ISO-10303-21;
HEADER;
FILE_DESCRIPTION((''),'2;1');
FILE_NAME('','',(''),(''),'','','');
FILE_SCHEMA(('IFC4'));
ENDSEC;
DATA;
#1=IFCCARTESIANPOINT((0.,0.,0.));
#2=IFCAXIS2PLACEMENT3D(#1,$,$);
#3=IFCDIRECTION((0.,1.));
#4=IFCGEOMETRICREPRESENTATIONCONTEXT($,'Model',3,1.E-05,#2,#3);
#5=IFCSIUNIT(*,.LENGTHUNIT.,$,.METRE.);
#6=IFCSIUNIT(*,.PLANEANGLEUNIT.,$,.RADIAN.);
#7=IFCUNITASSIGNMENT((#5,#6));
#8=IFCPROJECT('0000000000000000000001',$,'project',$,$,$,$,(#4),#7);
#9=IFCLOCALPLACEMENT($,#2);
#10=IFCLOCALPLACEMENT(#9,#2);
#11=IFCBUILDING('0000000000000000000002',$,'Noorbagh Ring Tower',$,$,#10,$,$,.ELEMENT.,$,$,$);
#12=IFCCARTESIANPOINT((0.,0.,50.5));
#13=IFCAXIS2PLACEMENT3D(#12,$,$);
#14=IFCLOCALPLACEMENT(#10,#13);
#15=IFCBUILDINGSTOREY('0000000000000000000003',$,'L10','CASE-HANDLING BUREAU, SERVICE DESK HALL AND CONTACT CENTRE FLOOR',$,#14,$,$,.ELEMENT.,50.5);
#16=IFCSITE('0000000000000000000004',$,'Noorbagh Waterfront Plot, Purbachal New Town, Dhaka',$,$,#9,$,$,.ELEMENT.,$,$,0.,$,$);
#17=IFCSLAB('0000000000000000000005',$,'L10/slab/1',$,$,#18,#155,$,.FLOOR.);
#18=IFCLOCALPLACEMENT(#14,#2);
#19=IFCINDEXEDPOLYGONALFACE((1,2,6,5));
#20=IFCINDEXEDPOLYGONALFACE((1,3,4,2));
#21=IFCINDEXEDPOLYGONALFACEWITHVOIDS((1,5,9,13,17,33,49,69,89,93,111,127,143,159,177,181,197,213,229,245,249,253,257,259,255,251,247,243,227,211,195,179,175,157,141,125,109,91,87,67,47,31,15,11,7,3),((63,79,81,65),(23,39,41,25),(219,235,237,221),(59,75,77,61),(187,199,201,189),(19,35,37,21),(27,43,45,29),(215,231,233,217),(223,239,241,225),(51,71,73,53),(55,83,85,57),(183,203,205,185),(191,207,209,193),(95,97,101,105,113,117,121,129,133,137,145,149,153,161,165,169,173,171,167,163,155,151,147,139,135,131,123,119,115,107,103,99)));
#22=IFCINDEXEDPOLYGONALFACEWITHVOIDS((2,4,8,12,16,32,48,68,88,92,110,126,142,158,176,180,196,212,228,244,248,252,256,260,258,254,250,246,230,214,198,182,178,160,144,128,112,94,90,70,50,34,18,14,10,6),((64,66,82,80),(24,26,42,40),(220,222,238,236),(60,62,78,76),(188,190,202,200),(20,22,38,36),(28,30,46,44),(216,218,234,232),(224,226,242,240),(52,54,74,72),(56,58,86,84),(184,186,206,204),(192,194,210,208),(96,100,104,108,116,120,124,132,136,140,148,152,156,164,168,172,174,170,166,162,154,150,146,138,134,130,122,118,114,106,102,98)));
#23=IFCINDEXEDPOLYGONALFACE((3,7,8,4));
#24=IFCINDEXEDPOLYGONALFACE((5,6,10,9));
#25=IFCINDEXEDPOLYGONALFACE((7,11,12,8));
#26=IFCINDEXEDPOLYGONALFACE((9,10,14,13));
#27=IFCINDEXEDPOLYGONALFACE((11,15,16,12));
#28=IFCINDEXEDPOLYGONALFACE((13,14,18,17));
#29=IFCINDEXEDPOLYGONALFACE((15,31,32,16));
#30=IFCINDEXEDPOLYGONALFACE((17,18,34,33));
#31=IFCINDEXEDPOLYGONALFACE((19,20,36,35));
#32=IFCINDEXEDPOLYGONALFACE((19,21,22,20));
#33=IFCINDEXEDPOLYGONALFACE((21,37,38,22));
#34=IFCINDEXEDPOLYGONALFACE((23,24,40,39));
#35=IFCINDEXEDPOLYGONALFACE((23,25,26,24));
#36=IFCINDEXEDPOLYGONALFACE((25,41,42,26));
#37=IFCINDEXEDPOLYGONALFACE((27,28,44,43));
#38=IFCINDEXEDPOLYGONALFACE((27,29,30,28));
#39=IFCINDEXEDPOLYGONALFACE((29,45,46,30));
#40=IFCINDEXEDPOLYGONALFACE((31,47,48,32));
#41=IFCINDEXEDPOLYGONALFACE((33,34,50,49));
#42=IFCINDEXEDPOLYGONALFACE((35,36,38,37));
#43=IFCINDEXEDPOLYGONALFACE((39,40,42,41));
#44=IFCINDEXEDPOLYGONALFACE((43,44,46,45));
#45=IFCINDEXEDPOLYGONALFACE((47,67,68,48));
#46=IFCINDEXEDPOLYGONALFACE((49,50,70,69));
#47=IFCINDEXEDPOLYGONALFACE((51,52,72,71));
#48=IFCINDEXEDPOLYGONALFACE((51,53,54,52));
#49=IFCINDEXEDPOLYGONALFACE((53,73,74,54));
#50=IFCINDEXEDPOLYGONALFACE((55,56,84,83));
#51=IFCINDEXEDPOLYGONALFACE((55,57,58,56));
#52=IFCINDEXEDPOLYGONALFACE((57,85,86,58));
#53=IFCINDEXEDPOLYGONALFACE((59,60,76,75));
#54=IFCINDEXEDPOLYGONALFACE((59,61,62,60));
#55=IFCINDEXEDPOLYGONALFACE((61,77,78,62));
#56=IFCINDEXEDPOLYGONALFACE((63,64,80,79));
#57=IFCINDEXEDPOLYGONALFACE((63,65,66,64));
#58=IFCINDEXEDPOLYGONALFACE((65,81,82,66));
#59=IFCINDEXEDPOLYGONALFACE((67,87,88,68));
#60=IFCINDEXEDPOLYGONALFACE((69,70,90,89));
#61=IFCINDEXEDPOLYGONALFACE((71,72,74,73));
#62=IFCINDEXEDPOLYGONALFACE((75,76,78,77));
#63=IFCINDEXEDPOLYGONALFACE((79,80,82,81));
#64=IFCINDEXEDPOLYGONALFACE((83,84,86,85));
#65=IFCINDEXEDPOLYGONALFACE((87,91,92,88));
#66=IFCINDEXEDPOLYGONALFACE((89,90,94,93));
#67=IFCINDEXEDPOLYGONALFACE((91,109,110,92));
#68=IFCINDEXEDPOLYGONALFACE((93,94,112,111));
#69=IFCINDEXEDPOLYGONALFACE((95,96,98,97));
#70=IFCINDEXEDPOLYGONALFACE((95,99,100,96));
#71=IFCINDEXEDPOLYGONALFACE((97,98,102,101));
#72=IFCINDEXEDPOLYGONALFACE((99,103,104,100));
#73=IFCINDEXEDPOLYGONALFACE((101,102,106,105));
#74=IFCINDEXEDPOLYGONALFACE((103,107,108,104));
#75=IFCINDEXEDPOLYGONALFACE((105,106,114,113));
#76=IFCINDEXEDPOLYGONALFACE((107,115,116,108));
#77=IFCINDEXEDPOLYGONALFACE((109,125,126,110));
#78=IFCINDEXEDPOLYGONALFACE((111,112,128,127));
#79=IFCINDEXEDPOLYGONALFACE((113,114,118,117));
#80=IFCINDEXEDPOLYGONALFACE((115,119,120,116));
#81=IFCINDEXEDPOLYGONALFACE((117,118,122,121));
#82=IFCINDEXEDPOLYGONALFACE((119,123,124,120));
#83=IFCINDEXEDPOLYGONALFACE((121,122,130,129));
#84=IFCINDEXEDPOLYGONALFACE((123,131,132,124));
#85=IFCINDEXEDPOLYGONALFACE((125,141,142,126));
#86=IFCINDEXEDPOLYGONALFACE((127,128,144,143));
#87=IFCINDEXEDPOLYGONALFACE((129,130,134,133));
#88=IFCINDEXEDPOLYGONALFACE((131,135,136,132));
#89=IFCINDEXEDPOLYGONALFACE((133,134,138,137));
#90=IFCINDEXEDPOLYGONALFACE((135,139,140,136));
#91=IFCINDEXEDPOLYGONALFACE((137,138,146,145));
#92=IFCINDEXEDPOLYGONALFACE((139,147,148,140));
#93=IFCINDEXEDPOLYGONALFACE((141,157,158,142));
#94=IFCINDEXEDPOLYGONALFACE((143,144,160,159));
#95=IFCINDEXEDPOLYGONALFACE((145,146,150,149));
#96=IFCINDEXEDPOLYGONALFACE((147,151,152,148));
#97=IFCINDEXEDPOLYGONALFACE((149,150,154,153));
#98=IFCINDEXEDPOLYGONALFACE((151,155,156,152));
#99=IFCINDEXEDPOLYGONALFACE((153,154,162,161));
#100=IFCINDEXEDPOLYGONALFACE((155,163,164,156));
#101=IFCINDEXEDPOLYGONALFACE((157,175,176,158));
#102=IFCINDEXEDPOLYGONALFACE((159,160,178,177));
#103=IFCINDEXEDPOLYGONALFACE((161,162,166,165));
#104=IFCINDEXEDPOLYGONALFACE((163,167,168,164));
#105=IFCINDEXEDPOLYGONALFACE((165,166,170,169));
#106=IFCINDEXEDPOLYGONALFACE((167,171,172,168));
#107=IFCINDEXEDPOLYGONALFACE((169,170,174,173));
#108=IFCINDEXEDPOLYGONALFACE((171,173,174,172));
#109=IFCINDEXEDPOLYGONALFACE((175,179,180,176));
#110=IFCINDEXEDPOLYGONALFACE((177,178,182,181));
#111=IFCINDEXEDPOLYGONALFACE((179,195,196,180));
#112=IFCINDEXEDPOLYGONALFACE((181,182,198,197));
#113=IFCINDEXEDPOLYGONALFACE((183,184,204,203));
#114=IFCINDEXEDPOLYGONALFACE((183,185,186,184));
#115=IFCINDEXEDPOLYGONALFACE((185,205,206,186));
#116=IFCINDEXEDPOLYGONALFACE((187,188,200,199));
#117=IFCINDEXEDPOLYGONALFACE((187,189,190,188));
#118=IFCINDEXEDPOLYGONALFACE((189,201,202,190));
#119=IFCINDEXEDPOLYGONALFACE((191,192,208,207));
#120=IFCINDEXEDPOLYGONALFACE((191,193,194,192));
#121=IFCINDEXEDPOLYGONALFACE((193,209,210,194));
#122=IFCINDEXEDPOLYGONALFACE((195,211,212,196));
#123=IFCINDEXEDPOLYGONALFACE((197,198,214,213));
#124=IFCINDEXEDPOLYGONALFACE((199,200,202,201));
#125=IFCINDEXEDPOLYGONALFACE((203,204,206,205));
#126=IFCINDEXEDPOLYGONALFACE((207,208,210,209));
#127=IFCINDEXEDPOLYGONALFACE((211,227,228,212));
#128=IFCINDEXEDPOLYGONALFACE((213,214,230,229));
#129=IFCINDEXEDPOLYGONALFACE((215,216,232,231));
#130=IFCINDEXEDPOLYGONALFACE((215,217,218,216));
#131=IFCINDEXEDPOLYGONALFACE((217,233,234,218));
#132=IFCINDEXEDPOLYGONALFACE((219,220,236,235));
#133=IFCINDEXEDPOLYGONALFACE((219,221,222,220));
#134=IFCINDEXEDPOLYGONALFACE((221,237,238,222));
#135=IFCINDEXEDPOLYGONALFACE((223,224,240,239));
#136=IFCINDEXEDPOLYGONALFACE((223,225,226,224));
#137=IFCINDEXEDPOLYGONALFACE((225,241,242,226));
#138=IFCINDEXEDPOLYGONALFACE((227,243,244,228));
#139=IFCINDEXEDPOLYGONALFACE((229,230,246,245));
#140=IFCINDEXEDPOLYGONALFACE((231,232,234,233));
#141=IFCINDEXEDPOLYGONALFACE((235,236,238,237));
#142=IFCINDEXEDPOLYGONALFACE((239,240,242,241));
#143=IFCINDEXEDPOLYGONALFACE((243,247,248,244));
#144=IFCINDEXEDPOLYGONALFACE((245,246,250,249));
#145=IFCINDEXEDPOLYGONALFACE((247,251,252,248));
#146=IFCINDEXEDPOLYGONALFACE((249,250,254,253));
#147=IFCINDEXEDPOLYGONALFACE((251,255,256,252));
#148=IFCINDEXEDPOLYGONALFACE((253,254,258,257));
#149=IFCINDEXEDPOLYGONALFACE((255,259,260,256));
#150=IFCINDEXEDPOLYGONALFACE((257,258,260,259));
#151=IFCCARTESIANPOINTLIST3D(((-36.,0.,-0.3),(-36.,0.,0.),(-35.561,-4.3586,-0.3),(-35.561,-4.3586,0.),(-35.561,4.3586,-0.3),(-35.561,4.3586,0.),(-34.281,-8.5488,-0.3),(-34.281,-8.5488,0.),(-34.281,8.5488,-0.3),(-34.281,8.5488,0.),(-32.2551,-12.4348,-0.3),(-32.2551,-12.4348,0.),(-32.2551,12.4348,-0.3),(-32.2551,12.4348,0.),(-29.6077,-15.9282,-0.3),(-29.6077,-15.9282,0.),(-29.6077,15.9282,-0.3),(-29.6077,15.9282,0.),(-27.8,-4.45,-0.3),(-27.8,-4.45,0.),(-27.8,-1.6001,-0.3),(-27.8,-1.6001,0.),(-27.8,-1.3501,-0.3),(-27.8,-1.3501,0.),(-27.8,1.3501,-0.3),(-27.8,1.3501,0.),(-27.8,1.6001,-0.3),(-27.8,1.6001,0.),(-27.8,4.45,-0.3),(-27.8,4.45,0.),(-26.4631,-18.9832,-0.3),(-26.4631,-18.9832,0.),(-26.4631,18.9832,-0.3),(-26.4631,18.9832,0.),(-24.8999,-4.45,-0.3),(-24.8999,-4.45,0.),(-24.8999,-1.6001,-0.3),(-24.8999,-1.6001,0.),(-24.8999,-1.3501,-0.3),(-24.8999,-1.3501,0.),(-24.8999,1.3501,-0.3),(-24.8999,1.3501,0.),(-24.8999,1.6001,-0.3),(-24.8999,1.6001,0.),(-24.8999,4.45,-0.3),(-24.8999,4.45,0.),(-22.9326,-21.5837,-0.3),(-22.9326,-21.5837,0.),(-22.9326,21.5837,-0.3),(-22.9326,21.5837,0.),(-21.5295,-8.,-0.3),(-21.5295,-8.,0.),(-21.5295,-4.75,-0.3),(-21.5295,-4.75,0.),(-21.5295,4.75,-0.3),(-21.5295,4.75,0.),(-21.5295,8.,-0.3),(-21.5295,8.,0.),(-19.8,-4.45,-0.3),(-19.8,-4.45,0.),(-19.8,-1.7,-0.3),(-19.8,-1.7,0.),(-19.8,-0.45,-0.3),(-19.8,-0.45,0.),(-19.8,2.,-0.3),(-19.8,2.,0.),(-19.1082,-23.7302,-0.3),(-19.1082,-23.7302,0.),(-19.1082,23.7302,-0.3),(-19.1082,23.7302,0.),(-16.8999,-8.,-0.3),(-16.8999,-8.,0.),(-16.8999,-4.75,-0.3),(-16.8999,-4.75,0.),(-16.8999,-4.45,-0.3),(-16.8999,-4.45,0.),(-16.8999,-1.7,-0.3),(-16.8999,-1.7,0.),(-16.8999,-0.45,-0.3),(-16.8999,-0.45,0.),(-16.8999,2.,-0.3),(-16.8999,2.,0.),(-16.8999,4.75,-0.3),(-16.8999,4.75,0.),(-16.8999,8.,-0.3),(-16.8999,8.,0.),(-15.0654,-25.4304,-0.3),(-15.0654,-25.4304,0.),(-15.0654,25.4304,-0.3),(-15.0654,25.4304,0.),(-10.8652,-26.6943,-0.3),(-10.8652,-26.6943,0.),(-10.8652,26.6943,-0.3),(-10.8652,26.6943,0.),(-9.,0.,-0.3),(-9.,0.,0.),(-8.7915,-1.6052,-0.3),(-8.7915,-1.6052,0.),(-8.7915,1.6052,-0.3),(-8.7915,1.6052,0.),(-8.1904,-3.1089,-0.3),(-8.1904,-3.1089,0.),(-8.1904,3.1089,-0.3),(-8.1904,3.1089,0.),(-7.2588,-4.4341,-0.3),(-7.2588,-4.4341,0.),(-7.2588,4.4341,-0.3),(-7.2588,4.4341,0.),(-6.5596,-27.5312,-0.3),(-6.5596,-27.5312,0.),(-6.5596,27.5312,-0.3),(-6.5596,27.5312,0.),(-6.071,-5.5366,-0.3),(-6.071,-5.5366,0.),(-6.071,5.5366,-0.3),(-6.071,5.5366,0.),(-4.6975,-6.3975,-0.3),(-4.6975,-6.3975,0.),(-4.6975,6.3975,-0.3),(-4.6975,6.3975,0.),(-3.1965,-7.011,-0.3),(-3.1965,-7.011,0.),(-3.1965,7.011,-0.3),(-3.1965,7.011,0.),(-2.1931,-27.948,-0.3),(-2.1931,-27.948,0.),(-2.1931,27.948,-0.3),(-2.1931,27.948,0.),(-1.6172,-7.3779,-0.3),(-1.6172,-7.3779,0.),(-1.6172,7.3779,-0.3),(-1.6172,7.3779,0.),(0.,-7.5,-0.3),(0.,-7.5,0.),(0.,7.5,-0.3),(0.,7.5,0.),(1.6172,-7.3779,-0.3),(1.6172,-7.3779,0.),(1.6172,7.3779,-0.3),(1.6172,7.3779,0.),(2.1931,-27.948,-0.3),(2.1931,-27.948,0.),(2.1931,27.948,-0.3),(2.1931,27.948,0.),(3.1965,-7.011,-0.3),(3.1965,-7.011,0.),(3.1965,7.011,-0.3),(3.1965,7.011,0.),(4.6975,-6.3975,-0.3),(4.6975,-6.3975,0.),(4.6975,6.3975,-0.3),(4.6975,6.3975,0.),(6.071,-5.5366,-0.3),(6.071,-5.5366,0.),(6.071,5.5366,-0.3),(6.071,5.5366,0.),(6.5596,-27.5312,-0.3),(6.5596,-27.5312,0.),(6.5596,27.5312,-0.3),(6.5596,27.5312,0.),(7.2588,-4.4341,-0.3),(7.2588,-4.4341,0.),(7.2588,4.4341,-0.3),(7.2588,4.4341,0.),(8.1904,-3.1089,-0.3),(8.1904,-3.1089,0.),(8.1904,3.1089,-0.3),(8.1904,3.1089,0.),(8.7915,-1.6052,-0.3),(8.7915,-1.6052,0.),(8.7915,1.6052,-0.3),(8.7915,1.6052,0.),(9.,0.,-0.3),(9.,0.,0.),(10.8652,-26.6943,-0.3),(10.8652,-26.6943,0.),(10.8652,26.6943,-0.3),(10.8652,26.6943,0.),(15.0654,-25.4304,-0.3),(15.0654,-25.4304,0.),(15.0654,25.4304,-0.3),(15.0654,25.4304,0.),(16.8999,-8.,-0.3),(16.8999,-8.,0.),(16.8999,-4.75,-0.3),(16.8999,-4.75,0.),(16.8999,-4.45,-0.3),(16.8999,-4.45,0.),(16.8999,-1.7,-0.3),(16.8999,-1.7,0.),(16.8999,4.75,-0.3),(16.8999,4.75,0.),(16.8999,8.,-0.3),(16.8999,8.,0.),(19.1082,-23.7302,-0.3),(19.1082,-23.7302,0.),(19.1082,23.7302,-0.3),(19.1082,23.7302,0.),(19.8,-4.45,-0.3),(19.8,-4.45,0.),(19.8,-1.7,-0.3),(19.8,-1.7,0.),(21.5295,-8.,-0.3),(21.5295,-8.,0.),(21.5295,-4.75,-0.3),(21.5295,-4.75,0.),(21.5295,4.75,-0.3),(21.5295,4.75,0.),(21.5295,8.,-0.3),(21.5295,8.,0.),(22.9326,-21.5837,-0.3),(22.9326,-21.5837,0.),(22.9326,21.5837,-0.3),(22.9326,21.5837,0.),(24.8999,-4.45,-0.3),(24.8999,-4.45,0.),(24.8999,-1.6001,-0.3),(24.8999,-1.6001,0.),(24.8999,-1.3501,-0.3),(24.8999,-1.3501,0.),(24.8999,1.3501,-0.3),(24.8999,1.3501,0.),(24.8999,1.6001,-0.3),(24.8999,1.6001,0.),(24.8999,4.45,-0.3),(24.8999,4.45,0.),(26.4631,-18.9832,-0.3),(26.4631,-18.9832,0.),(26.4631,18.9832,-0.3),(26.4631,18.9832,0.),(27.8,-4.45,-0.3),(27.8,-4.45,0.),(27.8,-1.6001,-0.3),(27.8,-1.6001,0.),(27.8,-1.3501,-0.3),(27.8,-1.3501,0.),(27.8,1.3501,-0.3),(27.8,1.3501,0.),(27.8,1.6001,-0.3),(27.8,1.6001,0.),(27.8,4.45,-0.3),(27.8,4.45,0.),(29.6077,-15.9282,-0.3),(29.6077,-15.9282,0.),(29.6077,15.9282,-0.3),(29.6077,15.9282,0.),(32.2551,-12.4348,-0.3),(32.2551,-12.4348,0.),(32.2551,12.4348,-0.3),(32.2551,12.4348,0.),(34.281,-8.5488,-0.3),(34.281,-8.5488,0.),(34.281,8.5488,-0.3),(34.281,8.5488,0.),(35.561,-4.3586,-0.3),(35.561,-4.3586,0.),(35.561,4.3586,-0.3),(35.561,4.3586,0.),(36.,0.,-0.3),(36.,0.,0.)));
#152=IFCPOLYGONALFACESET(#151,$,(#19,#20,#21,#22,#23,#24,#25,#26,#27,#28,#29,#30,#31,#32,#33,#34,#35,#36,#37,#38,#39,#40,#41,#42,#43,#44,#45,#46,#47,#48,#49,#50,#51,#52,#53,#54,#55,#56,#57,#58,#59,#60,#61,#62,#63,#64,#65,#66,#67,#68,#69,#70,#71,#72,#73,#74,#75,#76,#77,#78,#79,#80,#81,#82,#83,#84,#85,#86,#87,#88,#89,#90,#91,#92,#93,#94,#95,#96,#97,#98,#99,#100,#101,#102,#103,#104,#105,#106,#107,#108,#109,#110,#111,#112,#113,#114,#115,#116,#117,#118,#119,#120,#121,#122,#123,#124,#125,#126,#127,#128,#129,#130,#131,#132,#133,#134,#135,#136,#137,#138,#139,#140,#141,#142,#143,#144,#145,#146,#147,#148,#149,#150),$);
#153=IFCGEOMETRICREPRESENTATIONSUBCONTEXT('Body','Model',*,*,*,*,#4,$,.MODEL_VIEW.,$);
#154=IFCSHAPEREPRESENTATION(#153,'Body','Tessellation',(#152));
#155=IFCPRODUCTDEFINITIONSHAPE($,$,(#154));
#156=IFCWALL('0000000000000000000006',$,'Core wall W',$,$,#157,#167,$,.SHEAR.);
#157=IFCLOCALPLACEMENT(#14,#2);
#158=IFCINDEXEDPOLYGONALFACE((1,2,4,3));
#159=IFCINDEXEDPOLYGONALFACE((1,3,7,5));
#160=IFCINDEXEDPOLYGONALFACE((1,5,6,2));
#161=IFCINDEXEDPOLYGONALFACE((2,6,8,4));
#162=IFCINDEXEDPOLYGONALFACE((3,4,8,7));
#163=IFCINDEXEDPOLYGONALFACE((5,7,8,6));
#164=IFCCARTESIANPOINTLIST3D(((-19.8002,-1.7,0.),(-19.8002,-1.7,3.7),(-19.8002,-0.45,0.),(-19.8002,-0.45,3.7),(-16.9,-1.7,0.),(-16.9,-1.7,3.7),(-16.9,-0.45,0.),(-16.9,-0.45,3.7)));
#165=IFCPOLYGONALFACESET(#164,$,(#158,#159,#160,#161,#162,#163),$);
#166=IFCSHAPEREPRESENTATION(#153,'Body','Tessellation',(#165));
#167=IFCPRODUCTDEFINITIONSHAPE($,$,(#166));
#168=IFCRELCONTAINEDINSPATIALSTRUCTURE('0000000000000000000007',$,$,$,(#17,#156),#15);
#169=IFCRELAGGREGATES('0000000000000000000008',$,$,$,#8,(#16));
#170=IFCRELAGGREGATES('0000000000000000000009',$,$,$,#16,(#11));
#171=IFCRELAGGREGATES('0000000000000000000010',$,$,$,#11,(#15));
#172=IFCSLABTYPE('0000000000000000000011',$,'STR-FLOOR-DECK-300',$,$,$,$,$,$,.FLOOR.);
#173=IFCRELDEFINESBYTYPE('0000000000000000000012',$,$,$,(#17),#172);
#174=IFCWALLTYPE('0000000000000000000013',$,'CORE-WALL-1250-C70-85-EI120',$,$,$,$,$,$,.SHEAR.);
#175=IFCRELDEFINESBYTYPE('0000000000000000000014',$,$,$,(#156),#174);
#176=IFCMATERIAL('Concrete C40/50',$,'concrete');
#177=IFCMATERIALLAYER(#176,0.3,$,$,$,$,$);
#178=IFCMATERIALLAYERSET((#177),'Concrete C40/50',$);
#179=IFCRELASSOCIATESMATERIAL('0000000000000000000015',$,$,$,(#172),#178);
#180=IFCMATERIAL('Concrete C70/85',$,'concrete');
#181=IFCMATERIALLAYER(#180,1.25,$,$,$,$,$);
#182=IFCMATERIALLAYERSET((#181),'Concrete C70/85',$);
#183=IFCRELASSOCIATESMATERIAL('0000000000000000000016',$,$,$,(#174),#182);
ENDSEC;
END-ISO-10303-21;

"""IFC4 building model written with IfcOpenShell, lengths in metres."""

from ifc_helpers import new_model, si_unit, direction, frame, frame_2d, origin, place, context, subcontext, project, spatial, polyline, rectangle, outline, extrude, material, layer, layer_set, type_object, element, save


model = new_model("IFC4")

# Units and contexts
model_context = context("Model", 3, precision=1e-05, world=origin(), true_north=direction((0.0, 1.0)))
body_context = subcontext(model_context, "Body", "Model", "MODEL_VIEW")
ifc_project = project(units=[si_unit("LENGTHUNIT", "METRE"), si_unit("PLANEANGLEUNIT", "RADIAN")], contexts=[model_context])

# Site, building, storey
site_placement = place(None, origin())
site = spatial("IfcSite", under=ifc_project, at=site_placement, Name="Noorbagh Waterfront Plot, Purbachal New Town, Dhaka", CompositionType="ELEMENT", RefElevation=0.0)
building_placement = place(site_placement, origin())
building = spatial("IfcBuilding", under=site, at=building_placement, Name="Noorbagh Ring Tower", CompositionType="ELEMENT")
storey_placement = place(building_placement, frame((0.0, 0.0, 50.5)))
storey = spatial("IfcBuildingStorey", under=building, at=storey_placement, Name="L10", Description="CASE-HANDLING BUREAU, SERVICE DESK HALL AND CONTACT CENTRE FLOOR", CompositionType="ELEMENT", Elevation=50.5)

# Slab
ifc_material_1 = material(Name="Concrete C40/50", Category="concrete")
ifc_layer_1 = layer(ifc_material_1, 0.3)
ifc_layer_set_1 = layer_set([ifc_layer_1], Name="Concrete C40/50")
slab_type_1 = type_object("IfcSlabType", Name="STR-FLOOR-DECK-300", PredefinedType="FLOOR", material=ifc_layer_set_1)
slab_1_placement = place(storey_placement, frame((0.0, 0.0, -0.3)))
element("IfcSlab", 1, at=slab_1_placement, inside=storey, type_object=slab_type_1, Name="L10/slab/1", PredefinedType="FLOOR", context=body_context, shape_type="SweptSolid", body=[
    extrude(outline(polyline([(36.0, 0.0), (35.561, 4.3586), (34.281, 8.5488), (32.2551, 12.4348), (29.6077, 15.9282), (26.4631, 18.9832), (22.9326, 21.5837), (19.1082, 23.7302), (15.0654, 25.4304), (10.8652, 26.6943), (6.5596, 27.5312), (2.1931, 27.948), (-2.1931, 27.948), (-6.5596, 27.5312), (-10.8652, 26.6943), (-15.0654, 25.4304), (-19.1082, 23.7302), (-22.9326, 21.5837), (-26.4631, 18.9832), (-29.6077, 15.9282), (-32.2551, 12.4348), (-34.281, 8.5488), (-35.561, 4.3586), (-36.0, 0.0), (-35.561, -4.3586), (-34.281, -8.5488), (-32.2551, -12.4348), (-29.6077, -15.9282), (-26.4631, -18.9832), (-22.9326, -21.5837), (-19.1082, -23.7302), (-15.0654, -25.4304), (-10.8652, -26.6943), (-6.5596, -27.5312), (-2.1931, -27.948), (2.1931, -27.948), (6.5596, -27.5312), (10.8652, -26.6943), (15.0654, -25.4304), (19.1082, -23.7302), (22.9326, -21.5837), (26.4631, -18.9832), (29.6077, -15.9282), (32.2551, -12.4348), (34.281, -8.5488), (35.561, -4.3586), (36.0, 0.0)]), holes=[polyline([(24.8999, -1.6001), (27.8, -1.6001), (27.8, -4.45), (24.8999, -4.45), (24.8999, -1.6001)]), polyline([(24.8999, 1.3501), (27.8, 1.3501), (27.8, -1.3501), (24.8999, -1.3501), (24.8999, 1.3501)]), polyline([(24.8999, 4.45), (27.8, 4.45), (27.8, 1.6001), (24.8999, 1.6001), (24.8999, 4.45)]), polyline([(21.5295, -4.75), (21.5295, -8.0), (16.8999, -8.0), (16.8999, -4.75), (21.5295, -4.75)]), polyline([(21.5295, 4.75), (16.8999, 4.75), (16.8999, 8.0), (21.5295, 8.0), (21.5295, 4.75)]), polyline([(16.8999, -1.7), (19.8, -1.7), (19.8, -4.45), (16.8999, -4.45), (16.8999, -1.7)]), polyline([(4.6975, -6.3975), (3.1965, -7.011), (1.6172, -7.3779), (0.0, -7.5), (-1.6172, -7.3779), (-3.1965, -7.011), (-4.6975, -6.3975), (-6.071, -5.5366), (-7.2588, -4.4341), (-8.1904, -3.1089), (-8.7915, -1.6052), (-9.0, 0.0), (-8.7915, 1.6052), (-8.1904, 3.1089), (-7.2588, 4.4341), (-6.071, 5.5366), (-4.6975, 6.3975), (-3.1965, 7.011), (-1.6172, 7.3779), (0.0, 7.5), (1.6172, 7.3779), (3.1965, 7.011), (4.6975, 6.3975), (6.071, 5.5366), (7.2588, 4.4341), (8.1904, 3.1089), (8.7915, 1.6052), (9.0, 0.0), (8.7915, -1.6052), (8.1904, -3.1089), (7.2588, -4.4341), (6.071, -5.5366), (4.6975, -6.3975)]), polyline([(-21.5295, -8.0), (-21.5295, -4.75), (-16.8999, -4.75), (-16.8999, -8.0), (-21.5295, -8.0)]), polyline([(-21.5295, 8.0), (-16.8999, 8.0), (-16.8999, 4.75), (-21.5295, 4.75), (-21.5295, 8.0)]), polyline([(-16.8999, -4.45), (-19.8, -4.45), (-19.8, -1.7), (-16.8999, -1.7), (-16.8999, -4.45)]), polyline([(-16.8999, -0.45), (-19.8, -0.45), (-19.8, 2.0), (-16.8999, 2.0), (-16.8999, -0.45)]), polyline([(-24.8999, -4.45), (-27.8, -4.45), (-27.8, -1.6001), (-24.8999, -1.6001), (-24.8999, -4.45)]), polyline([(-24.8999, -1.3501), (-27.8, -1.3501), (-27.8, 1.3501), (-24.8999, 1.3501), (-24.8999, -1.3501)]), polyline([(-24.8999, 1.6001), (-27.8, 1.6001), (-27.8, 4.45), (-24.8999, 4.45), (-24.8999, 1.6001)])]), origin(), (0.0, 0.0, 1.0), 0.3),
])

# Wall
ifc_material_2 = material(Name="Concrete C70/85", Category="concrete")
ifc_layer_2 = layer(ifc_material_2, 1.25)
ifc_layer_set_2 = layer_set([ifc_layer_2], Name="Concrete C70/85")
wall_type_1 = type_object("IfcWallType", Name="CORE-WALL-1250-C70-85-EI120", PredefinedType="SHEAR", material=ifc_layer_set_2)
wall_1_placement = place(storey_placement, frame((-16.8999, -1.075, 0.0), z_axis=(0.0, 0.0, 1.0), x_axis=(-1.0, 0.0, 0.0)))
element("IfcWall", 2, at=wall_1_placement, inside=storey, type_object=wall_type_1, Name="Core wall W", PredefinedType="SHEAR", context=body_context, shape_type="SweptSolid", body=[
    extrude(rectangle(XDim=2.9001, YDim=1.25, at=frame_2d((1.4502, 0.0))), origin(), (0.0, 0.0, 1.0), 3.7),
])

save(model, "model.ifc")
